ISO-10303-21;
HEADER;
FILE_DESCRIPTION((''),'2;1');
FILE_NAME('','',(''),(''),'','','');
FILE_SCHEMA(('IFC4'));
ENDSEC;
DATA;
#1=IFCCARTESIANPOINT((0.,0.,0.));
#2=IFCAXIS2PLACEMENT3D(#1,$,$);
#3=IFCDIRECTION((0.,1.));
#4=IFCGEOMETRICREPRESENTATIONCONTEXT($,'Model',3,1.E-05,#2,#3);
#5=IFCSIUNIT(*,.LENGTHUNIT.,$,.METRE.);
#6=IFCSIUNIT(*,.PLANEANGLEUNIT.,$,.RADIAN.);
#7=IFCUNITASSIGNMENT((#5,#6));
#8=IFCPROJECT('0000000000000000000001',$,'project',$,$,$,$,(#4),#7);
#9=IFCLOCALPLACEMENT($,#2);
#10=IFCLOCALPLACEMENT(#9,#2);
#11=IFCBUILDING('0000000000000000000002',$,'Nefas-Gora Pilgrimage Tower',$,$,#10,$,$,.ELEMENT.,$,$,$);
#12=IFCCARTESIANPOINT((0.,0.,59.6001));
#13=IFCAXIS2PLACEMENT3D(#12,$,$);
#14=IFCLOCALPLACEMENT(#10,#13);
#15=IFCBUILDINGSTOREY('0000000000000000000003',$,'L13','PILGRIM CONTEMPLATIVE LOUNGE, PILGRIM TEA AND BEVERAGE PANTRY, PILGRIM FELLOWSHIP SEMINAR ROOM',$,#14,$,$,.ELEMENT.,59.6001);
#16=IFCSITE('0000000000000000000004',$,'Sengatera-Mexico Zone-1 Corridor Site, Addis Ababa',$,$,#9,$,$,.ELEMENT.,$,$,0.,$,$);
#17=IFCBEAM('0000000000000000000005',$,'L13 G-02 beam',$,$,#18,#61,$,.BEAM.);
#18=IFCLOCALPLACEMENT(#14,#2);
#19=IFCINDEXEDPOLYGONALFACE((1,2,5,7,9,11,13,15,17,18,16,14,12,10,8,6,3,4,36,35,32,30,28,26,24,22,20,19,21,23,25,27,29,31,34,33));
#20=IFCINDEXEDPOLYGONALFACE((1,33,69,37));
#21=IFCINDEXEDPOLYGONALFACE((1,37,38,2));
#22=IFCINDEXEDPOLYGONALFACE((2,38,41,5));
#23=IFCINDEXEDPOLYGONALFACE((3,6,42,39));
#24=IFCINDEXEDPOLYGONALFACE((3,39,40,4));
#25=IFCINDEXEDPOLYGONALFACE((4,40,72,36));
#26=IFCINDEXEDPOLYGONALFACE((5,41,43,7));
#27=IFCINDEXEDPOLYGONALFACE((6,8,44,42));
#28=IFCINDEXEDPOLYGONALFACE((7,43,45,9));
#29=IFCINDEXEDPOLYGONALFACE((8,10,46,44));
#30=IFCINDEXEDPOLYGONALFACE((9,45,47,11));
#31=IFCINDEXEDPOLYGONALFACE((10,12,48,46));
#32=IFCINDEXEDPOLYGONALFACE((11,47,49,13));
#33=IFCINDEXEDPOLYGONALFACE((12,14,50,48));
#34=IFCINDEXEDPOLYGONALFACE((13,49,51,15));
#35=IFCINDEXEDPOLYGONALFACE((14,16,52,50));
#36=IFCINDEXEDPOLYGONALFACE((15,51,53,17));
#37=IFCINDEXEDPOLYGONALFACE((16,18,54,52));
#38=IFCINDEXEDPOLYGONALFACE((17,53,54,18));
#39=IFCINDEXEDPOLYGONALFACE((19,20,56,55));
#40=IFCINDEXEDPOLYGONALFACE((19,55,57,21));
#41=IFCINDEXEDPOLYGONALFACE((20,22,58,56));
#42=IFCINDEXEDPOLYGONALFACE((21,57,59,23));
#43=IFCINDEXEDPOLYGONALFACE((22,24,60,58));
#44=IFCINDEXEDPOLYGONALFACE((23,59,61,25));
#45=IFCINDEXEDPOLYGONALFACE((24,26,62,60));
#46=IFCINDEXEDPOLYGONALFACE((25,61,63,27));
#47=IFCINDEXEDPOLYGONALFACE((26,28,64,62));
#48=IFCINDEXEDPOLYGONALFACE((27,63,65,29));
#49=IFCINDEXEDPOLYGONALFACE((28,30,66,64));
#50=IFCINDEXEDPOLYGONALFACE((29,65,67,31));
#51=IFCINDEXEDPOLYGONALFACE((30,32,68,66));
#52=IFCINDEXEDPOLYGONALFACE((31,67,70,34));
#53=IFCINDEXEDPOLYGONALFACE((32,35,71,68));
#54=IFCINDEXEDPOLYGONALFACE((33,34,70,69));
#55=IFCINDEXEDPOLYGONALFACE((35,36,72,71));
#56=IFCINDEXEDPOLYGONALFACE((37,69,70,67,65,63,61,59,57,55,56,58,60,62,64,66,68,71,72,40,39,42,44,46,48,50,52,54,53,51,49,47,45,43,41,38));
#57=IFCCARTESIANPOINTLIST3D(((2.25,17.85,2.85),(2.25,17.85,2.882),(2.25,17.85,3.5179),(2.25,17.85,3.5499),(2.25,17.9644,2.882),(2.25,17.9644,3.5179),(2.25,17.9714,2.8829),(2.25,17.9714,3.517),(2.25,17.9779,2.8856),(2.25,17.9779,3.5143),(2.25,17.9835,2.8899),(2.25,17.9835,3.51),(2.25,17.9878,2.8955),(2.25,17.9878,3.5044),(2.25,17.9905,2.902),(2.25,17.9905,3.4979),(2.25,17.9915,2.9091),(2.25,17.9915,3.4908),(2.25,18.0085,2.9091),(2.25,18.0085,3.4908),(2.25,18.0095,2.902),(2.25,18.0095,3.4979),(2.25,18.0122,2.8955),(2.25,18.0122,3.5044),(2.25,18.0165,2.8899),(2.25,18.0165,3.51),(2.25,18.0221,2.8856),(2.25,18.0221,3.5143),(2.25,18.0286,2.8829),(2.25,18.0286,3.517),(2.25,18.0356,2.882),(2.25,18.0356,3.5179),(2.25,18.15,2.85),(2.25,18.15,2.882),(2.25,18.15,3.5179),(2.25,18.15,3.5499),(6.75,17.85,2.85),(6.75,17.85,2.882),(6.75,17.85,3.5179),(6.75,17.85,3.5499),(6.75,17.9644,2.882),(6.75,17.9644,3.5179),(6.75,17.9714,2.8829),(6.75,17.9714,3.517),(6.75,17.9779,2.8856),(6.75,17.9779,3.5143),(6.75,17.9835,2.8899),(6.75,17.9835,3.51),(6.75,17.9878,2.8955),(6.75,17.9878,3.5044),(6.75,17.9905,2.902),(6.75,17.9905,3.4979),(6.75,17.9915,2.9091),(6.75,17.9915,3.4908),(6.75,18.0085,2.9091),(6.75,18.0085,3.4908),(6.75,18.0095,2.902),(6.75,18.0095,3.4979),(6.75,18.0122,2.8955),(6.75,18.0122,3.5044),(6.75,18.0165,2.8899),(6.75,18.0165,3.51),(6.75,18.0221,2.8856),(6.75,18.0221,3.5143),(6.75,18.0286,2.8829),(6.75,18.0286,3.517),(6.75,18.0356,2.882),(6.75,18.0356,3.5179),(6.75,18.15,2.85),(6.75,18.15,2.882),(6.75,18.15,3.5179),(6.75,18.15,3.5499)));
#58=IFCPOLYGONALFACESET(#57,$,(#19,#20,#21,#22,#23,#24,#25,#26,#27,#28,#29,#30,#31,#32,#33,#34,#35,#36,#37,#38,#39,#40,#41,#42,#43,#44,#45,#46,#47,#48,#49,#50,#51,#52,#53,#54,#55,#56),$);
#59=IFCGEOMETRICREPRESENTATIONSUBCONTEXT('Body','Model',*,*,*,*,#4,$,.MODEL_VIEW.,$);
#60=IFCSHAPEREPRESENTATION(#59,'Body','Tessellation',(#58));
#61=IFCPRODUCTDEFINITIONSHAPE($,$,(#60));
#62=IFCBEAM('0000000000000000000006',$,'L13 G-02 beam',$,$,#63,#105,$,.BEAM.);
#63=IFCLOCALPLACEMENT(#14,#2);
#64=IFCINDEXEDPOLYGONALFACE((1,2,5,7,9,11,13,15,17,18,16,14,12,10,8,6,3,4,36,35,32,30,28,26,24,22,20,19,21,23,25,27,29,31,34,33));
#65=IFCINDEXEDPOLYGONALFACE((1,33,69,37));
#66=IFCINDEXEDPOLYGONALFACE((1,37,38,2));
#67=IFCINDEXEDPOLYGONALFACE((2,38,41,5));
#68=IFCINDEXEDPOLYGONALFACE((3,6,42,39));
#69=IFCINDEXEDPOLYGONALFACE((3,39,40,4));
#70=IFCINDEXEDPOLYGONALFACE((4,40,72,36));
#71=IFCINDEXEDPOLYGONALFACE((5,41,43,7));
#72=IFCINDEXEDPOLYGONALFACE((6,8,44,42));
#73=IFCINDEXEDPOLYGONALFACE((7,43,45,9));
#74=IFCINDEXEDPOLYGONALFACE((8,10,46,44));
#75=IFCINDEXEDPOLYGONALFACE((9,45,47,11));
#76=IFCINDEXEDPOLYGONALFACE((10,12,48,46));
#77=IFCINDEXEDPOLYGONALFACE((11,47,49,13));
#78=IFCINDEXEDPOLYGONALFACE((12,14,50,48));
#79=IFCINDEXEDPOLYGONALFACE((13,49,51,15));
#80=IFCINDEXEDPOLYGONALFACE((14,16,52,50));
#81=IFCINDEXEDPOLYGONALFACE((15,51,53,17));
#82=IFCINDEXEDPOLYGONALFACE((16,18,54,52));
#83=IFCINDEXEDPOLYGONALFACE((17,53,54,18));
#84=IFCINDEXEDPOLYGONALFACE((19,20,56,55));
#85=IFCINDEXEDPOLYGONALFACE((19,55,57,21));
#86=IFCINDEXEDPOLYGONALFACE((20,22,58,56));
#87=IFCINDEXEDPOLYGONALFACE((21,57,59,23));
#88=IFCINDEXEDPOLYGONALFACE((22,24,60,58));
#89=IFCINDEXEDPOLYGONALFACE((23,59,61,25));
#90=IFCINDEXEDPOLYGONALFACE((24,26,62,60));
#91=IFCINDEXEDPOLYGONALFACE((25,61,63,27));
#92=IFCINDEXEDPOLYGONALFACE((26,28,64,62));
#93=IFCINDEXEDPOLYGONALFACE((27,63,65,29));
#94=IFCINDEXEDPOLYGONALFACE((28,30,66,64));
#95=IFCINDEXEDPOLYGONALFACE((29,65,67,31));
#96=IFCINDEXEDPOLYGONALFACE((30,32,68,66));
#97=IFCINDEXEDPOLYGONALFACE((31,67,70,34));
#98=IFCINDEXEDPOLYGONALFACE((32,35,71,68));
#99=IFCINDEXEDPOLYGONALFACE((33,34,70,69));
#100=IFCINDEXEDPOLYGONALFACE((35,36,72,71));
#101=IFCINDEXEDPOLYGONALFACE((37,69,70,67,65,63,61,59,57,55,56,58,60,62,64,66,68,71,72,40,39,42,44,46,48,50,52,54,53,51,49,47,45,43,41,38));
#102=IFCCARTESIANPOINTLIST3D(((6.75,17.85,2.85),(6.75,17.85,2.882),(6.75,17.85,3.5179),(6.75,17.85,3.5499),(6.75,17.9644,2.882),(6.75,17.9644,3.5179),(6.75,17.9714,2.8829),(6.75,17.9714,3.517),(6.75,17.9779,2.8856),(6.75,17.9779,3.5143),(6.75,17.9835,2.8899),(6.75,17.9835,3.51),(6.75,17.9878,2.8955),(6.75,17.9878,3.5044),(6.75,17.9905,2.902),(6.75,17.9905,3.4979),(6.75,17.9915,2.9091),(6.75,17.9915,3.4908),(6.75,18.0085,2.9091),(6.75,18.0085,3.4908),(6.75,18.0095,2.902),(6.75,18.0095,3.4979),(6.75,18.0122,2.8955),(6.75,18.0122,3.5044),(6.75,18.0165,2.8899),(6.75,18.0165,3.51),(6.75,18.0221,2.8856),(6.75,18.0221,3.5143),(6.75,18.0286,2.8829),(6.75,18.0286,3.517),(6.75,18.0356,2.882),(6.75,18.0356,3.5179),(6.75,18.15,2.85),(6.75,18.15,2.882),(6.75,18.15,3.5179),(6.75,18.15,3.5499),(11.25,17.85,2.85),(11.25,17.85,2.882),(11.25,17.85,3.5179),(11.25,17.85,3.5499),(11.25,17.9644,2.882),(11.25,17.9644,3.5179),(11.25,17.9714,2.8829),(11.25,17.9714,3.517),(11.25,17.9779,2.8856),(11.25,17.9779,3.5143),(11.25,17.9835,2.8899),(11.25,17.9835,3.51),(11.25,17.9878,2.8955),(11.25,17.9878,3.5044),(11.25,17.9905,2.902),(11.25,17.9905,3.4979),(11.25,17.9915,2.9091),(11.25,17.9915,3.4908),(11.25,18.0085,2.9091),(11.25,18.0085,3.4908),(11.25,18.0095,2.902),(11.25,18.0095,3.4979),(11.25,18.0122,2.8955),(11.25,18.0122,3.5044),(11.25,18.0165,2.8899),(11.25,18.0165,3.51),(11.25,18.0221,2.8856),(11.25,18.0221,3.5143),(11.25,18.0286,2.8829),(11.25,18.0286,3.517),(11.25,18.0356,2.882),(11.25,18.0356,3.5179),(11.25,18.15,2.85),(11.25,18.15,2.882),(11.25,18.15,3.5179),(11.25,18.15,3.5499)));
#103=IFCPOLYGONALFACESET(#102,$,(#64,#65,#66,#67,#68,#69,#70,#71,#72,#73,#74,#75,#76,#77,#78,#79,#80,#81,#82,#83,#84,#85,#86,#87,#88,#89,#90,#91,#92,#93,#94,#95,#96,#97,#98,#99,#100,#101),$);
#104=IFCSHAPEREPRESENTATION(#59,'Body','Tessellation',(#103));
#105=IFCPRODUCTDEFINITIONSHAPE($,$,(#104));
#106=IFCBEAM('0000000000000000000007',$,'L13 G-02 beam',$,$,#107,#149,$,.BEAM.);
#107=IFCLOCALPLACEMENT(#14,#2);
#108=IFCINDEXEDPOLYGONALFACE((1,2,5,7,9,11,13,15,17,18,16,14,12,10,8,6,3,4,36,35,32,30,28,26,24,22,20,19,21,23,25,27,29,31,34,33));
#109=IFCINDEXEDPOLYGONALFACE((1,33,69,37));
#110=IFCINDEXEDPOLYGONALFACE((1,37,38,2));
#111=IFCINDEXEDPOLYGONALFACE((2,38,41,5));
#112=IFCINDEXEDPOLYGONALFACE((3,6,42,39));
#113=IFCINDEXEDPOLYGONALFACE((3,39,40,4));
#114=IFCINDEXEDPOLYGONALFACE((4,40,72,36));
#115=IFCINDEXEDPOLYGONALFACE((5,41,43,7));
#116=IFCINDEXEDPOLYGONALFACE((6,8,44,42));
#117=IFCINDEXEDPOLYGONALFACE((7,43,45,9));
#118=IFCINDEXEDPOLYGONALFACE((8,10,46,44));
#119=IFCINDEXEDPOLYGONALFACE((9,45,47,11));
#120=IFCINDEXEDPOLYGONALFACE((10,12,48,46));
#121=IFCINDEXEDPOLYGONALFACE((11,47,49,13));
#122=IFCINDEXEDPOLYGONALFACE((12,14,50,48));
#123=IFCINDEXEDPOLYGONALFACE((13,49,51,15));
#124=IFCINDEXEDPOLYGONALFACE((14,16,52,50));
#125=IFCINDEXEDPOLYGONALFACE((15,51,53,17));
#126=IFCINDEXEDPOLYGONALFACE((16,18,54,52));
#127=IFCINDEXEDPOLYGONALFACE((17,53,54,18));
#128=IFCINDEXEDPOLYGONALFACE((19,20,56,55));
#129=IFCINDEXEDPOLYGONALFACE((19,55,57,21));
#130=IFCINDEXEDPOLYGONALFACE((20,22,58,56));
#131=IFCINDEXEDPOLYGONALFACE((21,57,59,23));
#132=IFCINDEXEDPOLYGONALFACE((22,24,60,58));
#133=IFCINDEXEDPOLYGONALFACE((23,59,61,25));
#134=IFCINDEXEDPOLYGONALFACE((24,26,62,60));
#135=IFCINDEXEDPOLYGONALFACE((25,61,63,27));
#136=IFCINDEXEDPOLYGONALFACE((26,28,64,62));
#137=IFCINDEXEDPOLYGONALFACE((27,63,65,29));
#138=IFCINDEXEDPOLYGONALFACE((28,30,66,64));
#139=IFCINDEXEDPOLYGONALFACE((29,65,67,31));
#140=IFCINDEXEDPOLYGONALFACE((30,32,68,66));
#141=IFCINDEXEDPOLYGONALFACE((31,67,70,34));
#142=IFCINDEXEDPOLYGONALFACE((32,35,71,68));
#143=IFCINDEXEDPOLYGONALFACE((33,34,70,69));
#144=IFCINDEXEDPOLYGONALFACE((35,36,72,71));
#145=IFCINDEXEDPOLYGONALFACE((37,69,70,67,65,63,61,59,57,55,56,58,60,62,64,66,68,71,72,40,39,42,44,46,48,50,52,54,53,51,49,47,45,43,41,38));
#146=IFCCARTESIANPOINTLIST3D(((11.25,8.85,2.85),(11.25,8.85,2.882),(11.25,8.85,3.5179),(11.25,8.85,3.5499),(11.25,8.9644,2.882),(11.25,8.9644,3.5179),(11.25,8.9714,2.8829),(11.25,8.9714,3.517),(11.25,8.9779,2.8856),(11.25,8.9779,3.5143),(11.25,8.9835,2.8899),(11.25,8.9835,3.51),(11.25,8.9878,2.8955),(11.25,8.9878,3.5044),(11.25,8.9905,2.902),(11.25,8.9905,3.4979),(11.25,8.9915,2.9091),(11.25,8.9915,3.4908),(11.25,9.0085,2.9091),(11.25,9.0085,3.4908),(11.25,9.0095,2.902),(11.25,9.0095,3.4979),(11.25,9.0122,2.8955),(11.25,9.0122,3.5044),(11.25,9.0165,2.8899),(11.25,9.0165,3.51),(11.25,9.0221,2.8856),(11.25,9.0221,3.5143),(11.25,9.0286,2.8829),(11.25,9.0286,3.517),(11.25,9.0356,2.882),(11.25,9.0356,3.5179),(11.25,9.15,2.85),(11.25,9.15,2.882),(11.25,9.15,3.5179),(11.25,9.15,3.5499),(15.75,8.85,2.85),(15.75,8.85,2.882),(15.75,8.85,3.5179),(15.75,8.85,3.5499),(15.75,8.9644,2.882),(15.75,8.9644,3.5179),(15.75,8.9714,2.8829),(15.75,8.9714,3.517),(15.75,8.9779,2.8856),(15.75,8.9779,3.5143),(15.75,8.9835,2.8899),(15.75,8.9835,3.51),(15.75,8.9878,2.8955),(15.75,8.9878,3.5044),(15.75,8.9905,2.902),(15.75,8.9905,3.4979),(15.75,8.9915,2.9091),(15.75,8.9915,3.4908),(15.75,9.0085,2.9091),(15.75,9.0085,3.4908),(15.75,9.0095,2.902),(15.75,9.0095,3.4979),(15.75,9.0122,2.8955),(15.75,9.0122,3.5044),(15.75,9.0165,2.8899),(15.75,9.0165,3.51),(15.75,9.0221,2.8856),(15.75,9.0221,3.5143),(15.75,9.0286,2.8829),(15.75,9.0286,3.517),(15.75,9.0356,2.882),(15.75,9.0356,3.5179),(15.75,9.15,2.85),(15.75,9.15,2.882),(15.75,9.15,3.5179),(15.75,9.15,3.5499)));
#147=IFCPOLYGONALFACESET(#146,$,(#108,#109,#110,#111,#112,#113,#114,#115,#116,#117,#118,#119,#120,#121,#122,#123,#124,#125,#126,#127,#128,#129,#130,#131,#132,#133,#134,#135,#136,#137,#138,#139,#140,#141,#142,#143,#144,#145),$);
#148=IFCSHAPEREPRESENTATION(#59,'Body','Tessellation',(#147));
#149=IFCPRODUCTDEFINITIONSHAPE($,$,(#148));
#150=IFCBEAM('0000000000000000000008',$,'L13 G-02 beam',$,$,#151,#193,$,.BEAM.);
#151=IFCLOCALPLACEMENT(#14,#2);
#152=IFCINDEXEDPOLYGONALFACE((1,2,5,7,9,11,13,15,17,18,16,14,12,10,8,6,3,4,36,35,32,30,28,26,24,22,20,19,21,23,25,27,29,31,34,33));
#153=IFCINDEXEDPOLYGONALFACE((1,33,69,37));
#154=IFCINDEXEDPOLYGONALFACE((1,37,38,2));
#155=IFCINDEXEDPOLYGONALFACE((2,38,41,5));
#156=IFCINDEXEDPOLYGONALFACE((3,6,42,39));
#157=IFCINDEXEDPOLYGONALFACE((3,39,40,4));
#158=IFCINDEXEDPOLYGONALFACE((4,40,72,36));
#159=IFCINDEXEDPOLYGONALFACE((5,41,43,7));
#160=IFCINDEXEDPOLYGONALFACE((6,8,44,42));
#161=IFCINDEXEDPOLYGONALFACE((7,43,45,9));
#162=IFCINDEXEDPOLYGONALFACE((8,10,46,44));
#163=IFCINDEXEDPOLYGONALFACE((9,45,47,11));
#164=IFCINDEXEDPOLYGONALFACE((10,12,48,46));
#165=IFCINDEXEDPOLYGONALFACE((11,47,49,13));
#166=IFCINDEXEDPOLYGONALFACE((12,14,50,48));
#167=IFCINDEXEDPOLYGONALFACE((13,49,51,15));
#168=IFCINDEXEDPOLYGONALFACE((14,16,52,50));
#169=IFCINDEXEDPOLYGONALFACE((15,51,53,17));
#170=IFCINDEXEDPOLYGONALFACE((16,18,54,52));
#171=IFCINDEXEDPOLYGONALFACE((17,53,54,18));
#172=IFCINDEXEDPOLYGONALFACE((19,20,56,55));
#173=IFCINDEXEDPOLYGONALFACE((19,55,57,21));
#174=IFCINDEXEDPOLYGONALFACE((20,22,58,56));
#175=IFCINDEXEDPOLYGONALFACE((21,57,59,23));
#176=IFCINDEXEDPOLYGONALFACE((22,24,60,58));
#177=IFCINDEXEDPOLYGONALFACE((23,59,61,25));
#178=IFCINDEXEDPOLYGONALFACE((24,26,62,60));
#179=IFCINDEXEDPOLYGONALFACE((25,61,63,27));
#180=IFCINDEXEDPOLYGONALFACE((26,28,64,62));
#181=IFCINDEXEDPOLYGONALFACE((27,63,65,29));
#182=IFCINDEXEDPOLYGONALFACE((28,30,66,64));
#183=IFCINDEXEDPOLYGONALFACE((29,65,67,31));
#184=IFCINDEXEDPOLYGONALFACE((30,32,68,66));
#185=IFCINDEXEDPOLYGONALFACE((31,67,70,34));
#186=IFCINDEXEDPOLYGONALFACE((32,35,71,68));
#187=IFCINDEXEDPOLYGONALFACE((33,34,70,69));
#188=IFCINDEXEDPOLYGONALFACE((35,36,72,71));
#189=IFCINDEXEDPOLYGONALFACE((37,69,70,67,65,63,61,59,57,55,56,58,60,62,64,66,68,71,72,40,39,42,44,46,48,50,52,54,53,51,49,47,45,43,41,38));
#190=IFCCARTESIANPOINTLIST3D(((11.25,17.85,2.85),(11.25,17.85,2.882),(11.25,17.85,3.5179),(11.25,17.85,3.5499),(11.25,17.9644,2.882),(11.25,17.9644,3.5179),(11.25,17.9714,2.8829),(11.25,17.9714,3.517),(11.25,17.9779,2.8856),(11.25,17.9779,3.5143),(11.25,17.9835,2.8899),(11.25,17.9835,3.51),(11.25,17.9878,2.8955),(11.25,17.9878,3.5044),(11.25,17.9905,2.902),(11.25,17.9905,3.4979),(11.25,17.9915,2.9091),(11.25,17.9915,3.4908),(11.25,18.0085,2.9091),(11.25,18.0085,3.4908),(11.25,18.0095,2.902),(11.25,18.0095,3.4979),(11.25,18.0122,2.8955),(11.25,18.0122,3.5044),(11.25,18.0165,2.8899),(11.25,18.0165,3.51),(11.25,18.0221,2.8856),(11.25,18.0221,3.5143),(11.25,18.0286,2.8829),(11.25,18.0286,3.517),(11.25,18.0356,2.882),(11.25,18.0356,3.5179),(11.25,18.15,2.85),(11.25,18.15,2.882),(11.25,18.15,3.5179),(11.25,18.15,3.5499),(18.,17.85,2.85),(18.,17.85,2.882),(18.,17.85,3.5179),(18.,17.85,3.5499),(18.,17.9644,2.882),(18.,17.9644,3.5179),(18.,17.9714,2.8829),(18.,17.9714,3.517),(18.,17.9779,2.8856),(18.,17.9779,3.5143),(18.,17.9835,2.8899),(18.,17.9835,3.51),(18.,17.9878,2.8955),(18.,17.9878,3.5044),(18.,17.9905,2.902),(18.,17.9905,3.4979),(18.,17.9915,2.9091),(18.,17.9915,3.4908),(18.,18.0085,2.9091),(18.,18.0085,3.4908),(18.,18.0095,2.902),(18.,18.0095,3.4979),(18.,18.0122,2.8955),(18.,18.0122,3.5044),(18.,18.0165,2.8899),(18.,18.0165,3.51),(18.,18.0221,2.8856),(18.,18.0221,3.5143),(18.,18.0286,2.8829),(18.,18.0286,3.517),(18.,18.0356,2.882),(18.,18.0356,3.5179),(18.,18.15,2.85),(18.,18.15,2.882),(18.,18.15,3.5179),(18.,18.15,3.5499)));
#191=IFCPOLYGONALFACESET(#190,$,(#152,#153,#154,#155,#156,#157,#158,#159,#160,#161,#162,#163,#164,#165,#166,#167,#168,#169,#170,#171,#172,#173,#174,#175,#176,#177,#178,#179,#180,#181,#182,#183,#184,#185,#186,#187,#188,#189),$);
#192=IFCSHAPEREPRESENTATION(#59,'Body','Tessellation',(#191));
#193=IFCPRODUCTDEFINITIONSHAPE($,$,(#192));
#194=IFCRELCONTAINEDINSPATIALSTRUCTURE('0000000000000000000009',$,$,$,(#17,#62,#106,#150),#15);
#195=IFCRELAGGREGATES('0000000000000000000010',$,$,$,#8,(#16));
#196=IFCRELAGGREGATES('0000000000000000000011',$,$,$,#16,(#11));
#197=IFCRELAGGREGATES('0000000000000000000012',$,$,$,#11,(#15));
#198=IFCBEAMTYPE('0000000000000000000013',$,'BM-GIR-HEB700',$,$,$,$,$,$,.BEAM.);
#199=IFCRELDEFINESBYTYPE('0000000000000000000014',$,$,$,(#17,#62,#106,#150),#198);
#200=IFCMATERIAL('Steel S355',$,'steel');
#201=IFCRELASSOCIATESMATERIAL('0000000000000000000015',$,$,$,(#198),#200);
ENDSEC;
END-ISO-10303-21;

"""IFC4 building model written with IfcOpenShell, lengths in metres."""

from ifc_helpers import new_model, si_unit, direction, frame, origin, origin_2d, place, context, subcontext, project, spatial, i_section, extrude, source, transform, mapped, material, material_profile, profile_set, type_object, element, save


model = new_model("IFC4")

# Units and contexts
model_context = context("Model", 3, precision=1e-05, world=origin(), true_north=direction((0.0, 1.0)))
body_context = subcontext(model_context, "Body", "Model", "MODEL_VIEW")
ifc_project = project(units=[si_unit("LENGTHUNIT", "METRE"), si_unit("PLANEANGLEUNIT", "RADIAN")], contexts=[model_context])

# Site, building, storey
site_placement = place(None, origin())
site = spatial("IfcSite", under=ifc_project, at=site_placement, Name="Sengatera-Mexico Zone-1 Corridor Site, Addis Ababa", CompositionType="ELEMENT", RefElevation=0.0)
building_placement = place(site_placement, origin())
building = spatial("IfcBuilding", under=site, at=building_placement, Name="Nefas-Gora Pilgrimage Tower", CompositionType="ELEMENT")
storey_placement = place(building_placement, frame((0.0, 0.0, 59.6001)))
storey = spatial("IfcBuildingStorey", under=building, at=storey_placement, Name="L13", Description="PILGRIM CONTEMPLATIVE LOUNGE, PILGRIM TEA AND BEVERAGE PANTRY, PILGRIM FELLOWSHIP SEMINAR ROOM", CompositionType="ELEMENT", Elevation=59.6001)

# Beams
ifc_material_1 = material(Name="Steel S355", Category="steel")
ifc_material_profile_1 = material_profile(ifc_material_1, i_section(OverallWidth=0.3, OverallDepth=0.7, WebThickness=0.0171, FlangeThickness=0.032, FilletRadius=0.0271, at=origin_2d()), Name="HEB 700")
ifc_profile_set_1 = profile_set([ifc_material_profile_1], Name="Steel S355")
beam_type_1 = type_object("IfcBeamType", Name="BM-GIR-HEB700", PredefinedType="BEAM", material=ifc_profile_set_1)
shared_shape_1 = source(origin(), body_context, "Body", "SweptSolid", [
    extrude(i_section(OverallWidth=0.3, OverallDepth=0.7, WebThickness=0.0171, FlangeThickness=0.032, FilletRadius=0.0271, at=origin_2d()), origin(), (0.0, 0.0, 1.0), 4.5),
])
for number, where, z_axis, x_axis, name in (
    (1, (2.25, 18.0, 3.2), (1.0, 0.0, 0.0), (0.0, 1.0, 0.0), "L13 G-02 beam"),
    (2, (6.75, 18.0, 3.2), (1.0, 0.0, 0.0), (0.0, 1.0, 0.0), "L13 G-02 beam"),
    (3, (11.25, 9.0, 3.2), (1.0, 0.0, 0.0), (0.0, 1.0, 0.0), "L13 G-02 beam"),
):
    element("IfcBeam", number, at=place(storey_placement, frame(where, z_axis=z_axis, x_axis=x_axis)), inside=storey, type_object=beam_type_1, Name=name, PredefinedType="BEAM", context=body_context, shape_type="MappedRepresentation", body=[
        mapped(shared_shape_1, transform((0.0, 0.0, 0.0), x_axis=(1.0, 0.0, 0.0), y_axis=(0.0, 1.0, 0.0), z_axis=(0.0, 0.0, 1.0), scale=1.0)),
    ])
shared_shape_2 = source(origin(), body_context, "Body", "SweptSolid", [
    extrude(i_section(OverallWidth=0.3, OverallDepth=0.7, WebThickness=0.0171, FlangeThickness=0.032, FilletRadius=0.0271, at=origin_2d()), origin(), (0.0, 0.0, 1.0), 6.75),
])
beam_1_placement = place(storey_placement, frame((11.25, 18.0, 3.2), z_axis=(1.0, 0.0, 0.0), x_axis=(0.0, 1.0, 0.0)))
element("IfcBeam", 4, at=beam_1_placement, inside=storey, type_object=beam_type_1, Name="L13 G-02 beam", PredefinedType="BEAM", context=body_context, shape_type="MappedRepresentation", body=[
    mapped(shared_shape_2, transform((0.0, 0.0, 0.0), x_axis=(1.0, 0.0, 0.0), y_axis=(0.0, 1.0, 0.0), z_axis=(0.0, 0.0, 1.0), scale=1.0)),
])

save(model, "model.ifc")
